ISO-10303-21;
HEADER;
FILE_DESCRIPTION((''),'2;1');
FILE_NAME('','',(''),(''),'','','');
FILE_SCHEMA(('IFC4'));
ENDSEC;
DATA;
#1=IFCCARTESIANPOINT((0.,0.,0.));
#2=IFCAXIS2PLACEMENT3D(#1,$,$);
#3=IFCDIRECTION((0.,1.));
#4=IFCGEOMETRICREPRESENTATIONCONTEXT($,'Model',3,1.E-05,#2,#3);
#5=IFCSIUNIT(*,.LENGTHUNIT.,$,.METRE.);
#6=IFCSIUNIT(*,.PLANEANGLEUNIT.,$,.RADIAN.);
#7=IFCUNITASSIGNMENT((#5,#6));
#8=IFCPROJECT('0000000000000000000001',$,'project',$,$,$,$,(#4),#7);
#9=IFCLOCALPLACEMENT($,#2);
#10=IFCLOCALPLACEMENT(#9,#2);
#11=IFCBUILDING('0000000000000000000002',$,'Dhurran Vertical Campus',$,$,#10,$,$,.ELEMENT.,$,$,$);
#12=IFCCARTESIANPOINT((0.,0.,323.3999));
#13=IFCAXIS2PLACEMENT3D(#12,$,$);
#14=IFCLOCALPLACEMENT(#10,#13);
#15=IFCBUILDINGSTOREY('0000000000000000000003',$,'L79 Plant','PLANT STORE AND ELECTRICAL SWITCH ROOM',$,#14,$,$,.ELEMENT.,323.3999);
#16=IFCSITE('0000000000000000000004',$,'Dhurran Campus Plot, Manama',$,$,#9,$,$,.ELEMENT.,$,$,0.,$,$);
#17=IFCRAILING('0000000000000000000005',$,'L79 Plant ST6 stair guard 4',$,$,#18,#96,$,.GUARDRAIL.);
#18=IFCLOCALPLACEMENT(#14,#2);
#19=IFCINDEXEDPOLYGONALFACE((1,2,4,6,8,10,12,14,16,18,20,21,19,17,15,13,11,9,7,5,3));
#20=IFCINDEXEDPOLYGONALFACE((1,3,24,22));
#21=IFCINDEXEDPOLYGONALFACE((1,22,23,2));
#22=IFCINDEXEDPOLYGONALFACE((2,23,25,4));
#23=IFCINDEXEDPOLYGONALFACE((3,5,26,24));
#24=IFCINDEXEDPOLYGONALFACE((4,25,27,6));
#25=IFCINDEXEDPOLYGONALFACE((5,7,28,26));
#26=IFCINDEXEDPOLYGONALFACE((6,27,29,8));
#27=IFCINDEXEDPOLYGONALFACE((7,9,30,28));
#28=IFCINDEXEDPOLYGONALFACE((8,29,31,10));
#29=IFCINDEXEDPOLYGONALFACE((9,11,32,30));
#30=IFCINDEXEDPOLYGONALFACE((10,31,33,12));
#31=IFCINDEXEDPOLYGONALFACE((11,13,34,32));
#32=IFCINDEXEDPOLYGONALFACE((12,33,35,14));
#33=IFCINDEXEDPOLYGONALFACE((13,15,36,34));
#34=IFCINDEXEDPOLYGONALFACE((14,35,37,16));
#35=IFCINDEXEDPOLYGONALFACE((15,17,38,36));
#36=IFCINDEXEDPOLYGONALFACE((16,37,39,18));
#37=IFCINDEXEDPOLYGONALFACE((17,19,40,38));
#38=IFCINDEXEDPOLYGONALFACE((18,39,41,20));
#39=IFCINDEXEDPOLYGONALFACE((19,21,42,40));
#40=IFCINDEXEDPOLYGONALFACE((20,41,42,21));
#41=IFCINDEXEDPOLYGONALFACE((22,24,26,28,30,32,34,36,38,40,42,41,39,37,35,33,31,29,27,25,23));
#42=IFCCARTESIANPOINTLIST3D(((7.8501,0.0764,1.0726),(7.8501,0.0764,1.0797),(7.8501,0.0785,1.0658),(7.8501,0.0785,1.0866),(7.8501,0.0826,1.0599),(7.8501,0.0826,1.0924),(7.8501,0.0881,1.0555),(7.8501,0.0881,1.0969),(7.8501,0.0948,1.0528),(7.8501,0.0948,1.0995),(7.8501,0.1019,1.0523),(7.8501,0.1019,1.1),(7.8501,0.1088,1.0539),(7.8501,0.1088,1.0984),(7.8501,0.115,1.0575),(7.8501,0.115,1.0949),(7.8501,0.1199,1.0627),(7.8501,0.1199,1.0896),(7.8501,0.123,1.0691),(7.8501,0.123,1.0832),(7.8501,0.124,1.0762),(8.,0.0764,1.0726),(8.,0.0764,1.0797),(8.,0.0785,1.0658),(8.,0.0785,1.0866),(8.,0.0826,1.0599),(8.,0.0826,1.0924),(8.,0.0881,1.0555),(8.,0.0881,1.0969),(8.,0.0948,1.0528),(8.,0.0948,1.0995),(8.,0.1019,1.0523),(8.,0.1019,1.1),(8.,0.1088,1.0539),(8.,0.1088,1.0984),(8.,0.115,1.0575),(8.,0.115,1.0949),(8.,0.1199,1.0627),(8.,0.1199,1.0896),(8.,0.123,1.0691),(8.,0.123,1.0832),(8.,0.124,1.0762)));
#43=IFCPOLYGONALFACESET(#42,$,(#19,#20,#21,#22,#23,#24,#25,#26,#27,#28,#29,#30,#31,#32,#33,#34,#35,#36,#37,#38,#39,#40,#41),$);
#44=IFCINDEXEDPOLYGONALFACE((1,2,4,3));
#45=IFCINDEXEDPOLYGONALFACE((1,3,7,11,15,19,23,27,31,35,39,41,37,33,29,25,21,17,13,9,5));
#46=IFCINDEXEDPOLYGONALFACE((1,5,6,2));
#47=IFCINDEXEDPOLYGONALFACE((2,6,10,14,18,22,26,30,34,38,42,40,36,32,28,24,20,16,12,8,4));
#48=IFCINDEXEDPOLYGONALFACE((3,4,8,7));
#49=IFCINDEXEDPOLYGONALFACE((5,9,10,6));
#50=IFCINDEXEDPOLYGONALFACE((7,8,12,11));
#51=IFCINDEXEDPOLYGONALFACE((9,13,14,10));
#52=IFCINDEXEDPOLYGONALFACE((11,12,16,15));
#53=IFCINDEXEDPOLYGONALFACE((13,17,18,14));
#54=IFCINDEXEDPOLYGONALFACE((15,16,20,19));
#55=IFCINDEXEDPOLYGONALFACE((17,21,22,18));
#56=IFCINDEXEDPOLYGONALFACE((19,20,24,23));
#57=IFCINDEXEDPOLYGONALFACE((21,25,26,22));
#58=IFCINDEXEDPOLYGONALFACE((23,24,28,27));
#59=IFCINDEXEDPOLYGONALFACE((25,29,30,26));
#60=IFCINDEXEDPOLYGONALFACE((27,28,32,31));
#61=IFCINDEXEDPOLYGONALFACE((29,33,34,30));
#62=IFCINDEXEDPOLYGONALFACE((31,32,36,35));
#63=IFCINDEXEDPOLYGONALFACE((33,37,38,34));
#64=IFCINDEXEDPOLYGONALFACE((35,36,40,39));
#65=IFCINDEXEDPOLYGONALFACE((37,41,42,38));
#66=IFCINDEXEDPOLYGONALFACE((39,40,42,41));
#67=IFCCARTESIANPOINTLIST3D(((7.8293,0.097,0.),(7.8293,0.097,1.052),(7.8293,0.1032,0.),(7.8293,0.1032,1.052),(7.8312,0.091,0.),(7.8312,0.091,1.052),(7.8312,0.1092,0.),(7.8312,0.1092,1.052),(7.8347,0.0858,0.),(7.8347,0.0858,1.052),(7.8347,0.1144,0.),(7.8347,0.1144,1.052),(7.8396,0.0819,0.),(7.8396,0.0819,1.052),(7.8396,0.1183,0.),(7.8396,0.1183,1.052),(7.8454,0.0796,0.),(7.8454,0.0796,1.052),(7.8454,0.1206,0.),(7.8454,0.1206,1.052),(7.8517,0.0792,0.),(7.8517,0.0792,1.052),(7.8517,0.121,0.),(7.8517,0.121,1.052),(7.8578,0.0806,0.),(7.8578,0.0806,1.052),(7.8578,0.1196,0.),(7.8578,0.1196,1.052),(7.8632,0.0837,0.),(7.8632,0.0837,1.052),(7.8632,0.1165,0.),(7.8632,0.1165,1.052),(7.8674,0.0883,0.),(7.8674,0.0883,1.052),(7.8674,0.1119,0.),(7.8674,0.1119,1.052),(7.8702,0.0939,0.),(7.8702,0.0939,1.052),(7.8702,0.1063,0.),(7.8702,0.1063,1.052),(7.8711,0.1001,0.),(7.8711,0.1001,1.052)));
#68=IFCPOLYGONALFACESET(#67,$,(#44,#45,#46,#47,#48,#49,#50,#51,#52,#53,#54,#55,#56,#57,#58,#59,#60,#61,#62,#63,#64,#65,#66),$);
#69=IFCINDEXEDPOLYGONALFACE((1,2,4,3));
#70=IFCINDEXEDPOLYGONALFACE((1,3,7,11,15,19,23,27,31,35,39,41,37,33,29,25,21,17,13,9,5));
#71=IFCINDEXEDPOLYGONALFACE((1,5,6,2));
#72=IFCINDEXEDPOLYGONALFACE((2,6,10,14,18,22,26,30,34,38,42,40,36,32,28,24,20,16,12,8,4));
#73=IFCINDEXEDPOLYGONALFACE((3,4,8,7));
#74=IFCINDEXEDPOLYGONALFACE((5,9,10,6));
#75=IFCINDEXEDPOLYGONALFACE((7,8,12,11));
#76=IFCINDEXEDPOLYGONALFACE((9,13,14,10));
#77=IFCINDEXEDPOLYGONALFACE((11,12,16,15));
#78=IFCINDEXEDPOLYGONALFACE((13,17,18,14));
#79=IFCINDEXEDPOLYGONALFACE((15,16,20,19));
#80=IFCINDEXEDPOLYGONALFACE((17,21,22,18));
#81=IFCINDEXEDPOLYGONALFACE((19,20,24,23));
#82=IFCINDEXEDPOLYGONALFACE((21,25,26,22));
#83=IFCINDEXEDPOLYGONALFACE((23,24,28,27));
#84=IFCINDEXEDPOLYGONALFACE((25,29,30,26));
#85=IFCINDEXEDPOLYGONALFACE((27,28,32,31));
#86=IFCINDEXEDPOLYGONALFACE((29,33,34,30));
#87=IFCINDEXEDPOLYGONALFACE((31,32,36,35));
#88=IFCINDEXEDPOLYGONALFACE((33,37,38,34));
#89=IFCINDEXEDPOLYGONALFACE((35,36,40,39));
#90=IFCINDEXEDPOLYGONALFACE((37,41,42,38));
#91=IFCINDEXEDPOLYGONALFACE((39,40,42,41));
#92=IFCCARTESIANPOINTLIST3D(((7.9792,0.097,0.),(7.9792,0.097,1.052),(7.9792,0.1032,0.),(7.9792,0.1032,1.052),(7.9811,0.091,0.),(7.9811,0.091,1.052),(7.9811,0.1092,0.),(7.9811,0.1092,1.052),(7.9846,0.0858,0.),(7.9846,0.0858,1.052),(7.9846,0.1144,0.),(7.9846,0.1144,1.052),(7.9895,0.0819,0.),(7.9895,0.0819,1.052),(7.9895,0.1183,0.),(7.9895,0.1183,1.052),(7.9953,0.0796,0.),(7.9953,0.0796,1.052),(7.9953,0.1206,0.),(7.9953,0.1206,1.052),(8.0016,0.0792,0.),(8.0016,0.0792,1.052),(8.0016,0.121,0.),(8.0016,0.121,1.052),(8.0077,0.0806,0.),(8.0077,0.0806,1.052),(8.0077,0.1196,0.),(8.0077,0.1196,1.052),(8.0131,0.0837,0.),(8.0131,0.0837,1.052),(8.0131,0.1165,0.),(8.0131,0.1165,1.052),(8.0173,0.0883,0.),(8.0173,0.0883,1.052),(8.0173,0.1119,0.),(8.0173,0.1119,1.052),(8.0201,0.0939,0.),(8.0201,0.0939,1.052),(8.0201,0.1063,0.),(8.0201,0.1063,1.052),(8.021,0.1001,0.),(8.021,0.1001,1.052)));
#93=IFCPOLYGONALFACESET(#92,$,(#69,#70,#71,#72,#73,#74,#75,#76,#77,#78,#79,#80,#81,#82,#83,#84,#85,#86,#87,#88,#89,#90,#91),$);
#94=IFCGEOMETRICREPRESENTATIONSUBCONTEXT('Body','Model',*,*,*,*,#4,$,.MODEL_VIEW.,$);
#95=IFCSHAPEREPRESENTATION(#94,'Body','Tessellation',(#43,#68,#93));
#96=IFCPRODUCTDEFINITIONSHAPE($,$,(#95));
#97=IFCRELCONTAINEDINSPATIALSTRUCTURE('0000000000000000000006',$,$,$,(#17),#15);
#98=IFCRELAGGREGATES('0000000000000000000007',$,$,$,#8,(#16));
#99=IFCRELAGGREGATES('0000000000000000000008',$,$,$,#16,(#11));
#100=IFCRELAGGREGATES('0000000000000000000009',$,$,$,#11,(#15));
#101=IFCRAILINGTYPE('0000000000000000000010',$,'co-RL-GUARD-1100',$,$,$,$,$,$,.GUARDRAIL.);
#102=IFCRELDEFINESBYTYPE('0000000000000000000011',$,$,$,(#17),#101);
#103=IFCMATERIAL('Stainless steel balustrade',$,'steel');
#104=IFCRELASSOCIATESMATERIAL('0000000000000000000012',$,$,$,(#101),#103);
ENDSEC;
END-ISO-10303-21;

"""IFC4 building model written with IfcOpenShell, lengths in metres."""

from ifc_helpers import new_model, si_unit, direction, frame, origin, origin_2d, place, context, subcontext, project, spatial, circle, extrude, material, type_object, element, save


model = new_model("IFC4")

# Units and contexts
model_context = context("Model", 3, precision=1e-05, world=origin(), true_north=direction((0.0, 1.0)))
body_context = subcontext(model_context, "Body", "Model", "MODEL_VIEW")
ifc_project = project(units=[si_unit("LENGTHUNIT", "METRE"), si_unit("PLANEANGLEUNIT", "RADIAN")], contexts=[model_context])

# Site, building, storey
site_placement = place(None, origin())
site = spatial("IfcSite", under=ifc_project, at=site_placement, Name="Dhurran Campus Plot, Manama", CompositionType="ELEMENT", RefElevation=0.0)
building_placement = place(site_placement, origin())
building = spatial("IfcBuilding", under=site, at=building_placement, Name="Dhurran Vertical Campus", CompositionType="ELEMENT")
storey_placement = place(building_placement, frame((0.0, 0.0, 323.3999)))
storey = spatial("IfcBuildingStorey", under=building, at=storey_placement, Name="L79 Plant", Description="PLANT STORE AND ELECTRICAL SWITCH ROOM", CompositionType="ELEMENT", Elevation=323.3999)

# Railing
ifc_material_1 = material(Name="Stainless steel balustrade", Category="steel")
railing_type_1 = type_object("IfcRailingType", Name="co-RL-GUARD-1100", PredefinedType="GUARDRAIL", material=ifc_material_1)
railing_1_placement = place(storey_placement, frame((7.8501, 0.1001, 0.0)))
element("IfcRailing", 1, at=railing_1_placement, inside=storey, type_object=railing_type_1, Name="L79 Plant ST6 stair guard 4", PredefinedType="GUARDRAIL", context=body_context, shape_type="SweptSolid", body=[
    extrude(circle(Radius=0.0239, at=origin_2d()), frame((0.0, 0.0, 1.0762), z_axis=(1.0, 0.0, 0.0), x_axis=(0.0, 1.0, 0.0)), (0.0, 0.0, 1.0), 0.1499),
    extrude(circle(Radius=0.021, at=origin_2d()), origin(), (0.0, 0.0, 1.0), 1.052),
    extrude(circle(Radius=0.021, at=origin_2d()), frame((0.1499, 0.0, 0.0)), (0.0, 0.0, 1.0), 1.052),
])

save(model, "model.ifc")
